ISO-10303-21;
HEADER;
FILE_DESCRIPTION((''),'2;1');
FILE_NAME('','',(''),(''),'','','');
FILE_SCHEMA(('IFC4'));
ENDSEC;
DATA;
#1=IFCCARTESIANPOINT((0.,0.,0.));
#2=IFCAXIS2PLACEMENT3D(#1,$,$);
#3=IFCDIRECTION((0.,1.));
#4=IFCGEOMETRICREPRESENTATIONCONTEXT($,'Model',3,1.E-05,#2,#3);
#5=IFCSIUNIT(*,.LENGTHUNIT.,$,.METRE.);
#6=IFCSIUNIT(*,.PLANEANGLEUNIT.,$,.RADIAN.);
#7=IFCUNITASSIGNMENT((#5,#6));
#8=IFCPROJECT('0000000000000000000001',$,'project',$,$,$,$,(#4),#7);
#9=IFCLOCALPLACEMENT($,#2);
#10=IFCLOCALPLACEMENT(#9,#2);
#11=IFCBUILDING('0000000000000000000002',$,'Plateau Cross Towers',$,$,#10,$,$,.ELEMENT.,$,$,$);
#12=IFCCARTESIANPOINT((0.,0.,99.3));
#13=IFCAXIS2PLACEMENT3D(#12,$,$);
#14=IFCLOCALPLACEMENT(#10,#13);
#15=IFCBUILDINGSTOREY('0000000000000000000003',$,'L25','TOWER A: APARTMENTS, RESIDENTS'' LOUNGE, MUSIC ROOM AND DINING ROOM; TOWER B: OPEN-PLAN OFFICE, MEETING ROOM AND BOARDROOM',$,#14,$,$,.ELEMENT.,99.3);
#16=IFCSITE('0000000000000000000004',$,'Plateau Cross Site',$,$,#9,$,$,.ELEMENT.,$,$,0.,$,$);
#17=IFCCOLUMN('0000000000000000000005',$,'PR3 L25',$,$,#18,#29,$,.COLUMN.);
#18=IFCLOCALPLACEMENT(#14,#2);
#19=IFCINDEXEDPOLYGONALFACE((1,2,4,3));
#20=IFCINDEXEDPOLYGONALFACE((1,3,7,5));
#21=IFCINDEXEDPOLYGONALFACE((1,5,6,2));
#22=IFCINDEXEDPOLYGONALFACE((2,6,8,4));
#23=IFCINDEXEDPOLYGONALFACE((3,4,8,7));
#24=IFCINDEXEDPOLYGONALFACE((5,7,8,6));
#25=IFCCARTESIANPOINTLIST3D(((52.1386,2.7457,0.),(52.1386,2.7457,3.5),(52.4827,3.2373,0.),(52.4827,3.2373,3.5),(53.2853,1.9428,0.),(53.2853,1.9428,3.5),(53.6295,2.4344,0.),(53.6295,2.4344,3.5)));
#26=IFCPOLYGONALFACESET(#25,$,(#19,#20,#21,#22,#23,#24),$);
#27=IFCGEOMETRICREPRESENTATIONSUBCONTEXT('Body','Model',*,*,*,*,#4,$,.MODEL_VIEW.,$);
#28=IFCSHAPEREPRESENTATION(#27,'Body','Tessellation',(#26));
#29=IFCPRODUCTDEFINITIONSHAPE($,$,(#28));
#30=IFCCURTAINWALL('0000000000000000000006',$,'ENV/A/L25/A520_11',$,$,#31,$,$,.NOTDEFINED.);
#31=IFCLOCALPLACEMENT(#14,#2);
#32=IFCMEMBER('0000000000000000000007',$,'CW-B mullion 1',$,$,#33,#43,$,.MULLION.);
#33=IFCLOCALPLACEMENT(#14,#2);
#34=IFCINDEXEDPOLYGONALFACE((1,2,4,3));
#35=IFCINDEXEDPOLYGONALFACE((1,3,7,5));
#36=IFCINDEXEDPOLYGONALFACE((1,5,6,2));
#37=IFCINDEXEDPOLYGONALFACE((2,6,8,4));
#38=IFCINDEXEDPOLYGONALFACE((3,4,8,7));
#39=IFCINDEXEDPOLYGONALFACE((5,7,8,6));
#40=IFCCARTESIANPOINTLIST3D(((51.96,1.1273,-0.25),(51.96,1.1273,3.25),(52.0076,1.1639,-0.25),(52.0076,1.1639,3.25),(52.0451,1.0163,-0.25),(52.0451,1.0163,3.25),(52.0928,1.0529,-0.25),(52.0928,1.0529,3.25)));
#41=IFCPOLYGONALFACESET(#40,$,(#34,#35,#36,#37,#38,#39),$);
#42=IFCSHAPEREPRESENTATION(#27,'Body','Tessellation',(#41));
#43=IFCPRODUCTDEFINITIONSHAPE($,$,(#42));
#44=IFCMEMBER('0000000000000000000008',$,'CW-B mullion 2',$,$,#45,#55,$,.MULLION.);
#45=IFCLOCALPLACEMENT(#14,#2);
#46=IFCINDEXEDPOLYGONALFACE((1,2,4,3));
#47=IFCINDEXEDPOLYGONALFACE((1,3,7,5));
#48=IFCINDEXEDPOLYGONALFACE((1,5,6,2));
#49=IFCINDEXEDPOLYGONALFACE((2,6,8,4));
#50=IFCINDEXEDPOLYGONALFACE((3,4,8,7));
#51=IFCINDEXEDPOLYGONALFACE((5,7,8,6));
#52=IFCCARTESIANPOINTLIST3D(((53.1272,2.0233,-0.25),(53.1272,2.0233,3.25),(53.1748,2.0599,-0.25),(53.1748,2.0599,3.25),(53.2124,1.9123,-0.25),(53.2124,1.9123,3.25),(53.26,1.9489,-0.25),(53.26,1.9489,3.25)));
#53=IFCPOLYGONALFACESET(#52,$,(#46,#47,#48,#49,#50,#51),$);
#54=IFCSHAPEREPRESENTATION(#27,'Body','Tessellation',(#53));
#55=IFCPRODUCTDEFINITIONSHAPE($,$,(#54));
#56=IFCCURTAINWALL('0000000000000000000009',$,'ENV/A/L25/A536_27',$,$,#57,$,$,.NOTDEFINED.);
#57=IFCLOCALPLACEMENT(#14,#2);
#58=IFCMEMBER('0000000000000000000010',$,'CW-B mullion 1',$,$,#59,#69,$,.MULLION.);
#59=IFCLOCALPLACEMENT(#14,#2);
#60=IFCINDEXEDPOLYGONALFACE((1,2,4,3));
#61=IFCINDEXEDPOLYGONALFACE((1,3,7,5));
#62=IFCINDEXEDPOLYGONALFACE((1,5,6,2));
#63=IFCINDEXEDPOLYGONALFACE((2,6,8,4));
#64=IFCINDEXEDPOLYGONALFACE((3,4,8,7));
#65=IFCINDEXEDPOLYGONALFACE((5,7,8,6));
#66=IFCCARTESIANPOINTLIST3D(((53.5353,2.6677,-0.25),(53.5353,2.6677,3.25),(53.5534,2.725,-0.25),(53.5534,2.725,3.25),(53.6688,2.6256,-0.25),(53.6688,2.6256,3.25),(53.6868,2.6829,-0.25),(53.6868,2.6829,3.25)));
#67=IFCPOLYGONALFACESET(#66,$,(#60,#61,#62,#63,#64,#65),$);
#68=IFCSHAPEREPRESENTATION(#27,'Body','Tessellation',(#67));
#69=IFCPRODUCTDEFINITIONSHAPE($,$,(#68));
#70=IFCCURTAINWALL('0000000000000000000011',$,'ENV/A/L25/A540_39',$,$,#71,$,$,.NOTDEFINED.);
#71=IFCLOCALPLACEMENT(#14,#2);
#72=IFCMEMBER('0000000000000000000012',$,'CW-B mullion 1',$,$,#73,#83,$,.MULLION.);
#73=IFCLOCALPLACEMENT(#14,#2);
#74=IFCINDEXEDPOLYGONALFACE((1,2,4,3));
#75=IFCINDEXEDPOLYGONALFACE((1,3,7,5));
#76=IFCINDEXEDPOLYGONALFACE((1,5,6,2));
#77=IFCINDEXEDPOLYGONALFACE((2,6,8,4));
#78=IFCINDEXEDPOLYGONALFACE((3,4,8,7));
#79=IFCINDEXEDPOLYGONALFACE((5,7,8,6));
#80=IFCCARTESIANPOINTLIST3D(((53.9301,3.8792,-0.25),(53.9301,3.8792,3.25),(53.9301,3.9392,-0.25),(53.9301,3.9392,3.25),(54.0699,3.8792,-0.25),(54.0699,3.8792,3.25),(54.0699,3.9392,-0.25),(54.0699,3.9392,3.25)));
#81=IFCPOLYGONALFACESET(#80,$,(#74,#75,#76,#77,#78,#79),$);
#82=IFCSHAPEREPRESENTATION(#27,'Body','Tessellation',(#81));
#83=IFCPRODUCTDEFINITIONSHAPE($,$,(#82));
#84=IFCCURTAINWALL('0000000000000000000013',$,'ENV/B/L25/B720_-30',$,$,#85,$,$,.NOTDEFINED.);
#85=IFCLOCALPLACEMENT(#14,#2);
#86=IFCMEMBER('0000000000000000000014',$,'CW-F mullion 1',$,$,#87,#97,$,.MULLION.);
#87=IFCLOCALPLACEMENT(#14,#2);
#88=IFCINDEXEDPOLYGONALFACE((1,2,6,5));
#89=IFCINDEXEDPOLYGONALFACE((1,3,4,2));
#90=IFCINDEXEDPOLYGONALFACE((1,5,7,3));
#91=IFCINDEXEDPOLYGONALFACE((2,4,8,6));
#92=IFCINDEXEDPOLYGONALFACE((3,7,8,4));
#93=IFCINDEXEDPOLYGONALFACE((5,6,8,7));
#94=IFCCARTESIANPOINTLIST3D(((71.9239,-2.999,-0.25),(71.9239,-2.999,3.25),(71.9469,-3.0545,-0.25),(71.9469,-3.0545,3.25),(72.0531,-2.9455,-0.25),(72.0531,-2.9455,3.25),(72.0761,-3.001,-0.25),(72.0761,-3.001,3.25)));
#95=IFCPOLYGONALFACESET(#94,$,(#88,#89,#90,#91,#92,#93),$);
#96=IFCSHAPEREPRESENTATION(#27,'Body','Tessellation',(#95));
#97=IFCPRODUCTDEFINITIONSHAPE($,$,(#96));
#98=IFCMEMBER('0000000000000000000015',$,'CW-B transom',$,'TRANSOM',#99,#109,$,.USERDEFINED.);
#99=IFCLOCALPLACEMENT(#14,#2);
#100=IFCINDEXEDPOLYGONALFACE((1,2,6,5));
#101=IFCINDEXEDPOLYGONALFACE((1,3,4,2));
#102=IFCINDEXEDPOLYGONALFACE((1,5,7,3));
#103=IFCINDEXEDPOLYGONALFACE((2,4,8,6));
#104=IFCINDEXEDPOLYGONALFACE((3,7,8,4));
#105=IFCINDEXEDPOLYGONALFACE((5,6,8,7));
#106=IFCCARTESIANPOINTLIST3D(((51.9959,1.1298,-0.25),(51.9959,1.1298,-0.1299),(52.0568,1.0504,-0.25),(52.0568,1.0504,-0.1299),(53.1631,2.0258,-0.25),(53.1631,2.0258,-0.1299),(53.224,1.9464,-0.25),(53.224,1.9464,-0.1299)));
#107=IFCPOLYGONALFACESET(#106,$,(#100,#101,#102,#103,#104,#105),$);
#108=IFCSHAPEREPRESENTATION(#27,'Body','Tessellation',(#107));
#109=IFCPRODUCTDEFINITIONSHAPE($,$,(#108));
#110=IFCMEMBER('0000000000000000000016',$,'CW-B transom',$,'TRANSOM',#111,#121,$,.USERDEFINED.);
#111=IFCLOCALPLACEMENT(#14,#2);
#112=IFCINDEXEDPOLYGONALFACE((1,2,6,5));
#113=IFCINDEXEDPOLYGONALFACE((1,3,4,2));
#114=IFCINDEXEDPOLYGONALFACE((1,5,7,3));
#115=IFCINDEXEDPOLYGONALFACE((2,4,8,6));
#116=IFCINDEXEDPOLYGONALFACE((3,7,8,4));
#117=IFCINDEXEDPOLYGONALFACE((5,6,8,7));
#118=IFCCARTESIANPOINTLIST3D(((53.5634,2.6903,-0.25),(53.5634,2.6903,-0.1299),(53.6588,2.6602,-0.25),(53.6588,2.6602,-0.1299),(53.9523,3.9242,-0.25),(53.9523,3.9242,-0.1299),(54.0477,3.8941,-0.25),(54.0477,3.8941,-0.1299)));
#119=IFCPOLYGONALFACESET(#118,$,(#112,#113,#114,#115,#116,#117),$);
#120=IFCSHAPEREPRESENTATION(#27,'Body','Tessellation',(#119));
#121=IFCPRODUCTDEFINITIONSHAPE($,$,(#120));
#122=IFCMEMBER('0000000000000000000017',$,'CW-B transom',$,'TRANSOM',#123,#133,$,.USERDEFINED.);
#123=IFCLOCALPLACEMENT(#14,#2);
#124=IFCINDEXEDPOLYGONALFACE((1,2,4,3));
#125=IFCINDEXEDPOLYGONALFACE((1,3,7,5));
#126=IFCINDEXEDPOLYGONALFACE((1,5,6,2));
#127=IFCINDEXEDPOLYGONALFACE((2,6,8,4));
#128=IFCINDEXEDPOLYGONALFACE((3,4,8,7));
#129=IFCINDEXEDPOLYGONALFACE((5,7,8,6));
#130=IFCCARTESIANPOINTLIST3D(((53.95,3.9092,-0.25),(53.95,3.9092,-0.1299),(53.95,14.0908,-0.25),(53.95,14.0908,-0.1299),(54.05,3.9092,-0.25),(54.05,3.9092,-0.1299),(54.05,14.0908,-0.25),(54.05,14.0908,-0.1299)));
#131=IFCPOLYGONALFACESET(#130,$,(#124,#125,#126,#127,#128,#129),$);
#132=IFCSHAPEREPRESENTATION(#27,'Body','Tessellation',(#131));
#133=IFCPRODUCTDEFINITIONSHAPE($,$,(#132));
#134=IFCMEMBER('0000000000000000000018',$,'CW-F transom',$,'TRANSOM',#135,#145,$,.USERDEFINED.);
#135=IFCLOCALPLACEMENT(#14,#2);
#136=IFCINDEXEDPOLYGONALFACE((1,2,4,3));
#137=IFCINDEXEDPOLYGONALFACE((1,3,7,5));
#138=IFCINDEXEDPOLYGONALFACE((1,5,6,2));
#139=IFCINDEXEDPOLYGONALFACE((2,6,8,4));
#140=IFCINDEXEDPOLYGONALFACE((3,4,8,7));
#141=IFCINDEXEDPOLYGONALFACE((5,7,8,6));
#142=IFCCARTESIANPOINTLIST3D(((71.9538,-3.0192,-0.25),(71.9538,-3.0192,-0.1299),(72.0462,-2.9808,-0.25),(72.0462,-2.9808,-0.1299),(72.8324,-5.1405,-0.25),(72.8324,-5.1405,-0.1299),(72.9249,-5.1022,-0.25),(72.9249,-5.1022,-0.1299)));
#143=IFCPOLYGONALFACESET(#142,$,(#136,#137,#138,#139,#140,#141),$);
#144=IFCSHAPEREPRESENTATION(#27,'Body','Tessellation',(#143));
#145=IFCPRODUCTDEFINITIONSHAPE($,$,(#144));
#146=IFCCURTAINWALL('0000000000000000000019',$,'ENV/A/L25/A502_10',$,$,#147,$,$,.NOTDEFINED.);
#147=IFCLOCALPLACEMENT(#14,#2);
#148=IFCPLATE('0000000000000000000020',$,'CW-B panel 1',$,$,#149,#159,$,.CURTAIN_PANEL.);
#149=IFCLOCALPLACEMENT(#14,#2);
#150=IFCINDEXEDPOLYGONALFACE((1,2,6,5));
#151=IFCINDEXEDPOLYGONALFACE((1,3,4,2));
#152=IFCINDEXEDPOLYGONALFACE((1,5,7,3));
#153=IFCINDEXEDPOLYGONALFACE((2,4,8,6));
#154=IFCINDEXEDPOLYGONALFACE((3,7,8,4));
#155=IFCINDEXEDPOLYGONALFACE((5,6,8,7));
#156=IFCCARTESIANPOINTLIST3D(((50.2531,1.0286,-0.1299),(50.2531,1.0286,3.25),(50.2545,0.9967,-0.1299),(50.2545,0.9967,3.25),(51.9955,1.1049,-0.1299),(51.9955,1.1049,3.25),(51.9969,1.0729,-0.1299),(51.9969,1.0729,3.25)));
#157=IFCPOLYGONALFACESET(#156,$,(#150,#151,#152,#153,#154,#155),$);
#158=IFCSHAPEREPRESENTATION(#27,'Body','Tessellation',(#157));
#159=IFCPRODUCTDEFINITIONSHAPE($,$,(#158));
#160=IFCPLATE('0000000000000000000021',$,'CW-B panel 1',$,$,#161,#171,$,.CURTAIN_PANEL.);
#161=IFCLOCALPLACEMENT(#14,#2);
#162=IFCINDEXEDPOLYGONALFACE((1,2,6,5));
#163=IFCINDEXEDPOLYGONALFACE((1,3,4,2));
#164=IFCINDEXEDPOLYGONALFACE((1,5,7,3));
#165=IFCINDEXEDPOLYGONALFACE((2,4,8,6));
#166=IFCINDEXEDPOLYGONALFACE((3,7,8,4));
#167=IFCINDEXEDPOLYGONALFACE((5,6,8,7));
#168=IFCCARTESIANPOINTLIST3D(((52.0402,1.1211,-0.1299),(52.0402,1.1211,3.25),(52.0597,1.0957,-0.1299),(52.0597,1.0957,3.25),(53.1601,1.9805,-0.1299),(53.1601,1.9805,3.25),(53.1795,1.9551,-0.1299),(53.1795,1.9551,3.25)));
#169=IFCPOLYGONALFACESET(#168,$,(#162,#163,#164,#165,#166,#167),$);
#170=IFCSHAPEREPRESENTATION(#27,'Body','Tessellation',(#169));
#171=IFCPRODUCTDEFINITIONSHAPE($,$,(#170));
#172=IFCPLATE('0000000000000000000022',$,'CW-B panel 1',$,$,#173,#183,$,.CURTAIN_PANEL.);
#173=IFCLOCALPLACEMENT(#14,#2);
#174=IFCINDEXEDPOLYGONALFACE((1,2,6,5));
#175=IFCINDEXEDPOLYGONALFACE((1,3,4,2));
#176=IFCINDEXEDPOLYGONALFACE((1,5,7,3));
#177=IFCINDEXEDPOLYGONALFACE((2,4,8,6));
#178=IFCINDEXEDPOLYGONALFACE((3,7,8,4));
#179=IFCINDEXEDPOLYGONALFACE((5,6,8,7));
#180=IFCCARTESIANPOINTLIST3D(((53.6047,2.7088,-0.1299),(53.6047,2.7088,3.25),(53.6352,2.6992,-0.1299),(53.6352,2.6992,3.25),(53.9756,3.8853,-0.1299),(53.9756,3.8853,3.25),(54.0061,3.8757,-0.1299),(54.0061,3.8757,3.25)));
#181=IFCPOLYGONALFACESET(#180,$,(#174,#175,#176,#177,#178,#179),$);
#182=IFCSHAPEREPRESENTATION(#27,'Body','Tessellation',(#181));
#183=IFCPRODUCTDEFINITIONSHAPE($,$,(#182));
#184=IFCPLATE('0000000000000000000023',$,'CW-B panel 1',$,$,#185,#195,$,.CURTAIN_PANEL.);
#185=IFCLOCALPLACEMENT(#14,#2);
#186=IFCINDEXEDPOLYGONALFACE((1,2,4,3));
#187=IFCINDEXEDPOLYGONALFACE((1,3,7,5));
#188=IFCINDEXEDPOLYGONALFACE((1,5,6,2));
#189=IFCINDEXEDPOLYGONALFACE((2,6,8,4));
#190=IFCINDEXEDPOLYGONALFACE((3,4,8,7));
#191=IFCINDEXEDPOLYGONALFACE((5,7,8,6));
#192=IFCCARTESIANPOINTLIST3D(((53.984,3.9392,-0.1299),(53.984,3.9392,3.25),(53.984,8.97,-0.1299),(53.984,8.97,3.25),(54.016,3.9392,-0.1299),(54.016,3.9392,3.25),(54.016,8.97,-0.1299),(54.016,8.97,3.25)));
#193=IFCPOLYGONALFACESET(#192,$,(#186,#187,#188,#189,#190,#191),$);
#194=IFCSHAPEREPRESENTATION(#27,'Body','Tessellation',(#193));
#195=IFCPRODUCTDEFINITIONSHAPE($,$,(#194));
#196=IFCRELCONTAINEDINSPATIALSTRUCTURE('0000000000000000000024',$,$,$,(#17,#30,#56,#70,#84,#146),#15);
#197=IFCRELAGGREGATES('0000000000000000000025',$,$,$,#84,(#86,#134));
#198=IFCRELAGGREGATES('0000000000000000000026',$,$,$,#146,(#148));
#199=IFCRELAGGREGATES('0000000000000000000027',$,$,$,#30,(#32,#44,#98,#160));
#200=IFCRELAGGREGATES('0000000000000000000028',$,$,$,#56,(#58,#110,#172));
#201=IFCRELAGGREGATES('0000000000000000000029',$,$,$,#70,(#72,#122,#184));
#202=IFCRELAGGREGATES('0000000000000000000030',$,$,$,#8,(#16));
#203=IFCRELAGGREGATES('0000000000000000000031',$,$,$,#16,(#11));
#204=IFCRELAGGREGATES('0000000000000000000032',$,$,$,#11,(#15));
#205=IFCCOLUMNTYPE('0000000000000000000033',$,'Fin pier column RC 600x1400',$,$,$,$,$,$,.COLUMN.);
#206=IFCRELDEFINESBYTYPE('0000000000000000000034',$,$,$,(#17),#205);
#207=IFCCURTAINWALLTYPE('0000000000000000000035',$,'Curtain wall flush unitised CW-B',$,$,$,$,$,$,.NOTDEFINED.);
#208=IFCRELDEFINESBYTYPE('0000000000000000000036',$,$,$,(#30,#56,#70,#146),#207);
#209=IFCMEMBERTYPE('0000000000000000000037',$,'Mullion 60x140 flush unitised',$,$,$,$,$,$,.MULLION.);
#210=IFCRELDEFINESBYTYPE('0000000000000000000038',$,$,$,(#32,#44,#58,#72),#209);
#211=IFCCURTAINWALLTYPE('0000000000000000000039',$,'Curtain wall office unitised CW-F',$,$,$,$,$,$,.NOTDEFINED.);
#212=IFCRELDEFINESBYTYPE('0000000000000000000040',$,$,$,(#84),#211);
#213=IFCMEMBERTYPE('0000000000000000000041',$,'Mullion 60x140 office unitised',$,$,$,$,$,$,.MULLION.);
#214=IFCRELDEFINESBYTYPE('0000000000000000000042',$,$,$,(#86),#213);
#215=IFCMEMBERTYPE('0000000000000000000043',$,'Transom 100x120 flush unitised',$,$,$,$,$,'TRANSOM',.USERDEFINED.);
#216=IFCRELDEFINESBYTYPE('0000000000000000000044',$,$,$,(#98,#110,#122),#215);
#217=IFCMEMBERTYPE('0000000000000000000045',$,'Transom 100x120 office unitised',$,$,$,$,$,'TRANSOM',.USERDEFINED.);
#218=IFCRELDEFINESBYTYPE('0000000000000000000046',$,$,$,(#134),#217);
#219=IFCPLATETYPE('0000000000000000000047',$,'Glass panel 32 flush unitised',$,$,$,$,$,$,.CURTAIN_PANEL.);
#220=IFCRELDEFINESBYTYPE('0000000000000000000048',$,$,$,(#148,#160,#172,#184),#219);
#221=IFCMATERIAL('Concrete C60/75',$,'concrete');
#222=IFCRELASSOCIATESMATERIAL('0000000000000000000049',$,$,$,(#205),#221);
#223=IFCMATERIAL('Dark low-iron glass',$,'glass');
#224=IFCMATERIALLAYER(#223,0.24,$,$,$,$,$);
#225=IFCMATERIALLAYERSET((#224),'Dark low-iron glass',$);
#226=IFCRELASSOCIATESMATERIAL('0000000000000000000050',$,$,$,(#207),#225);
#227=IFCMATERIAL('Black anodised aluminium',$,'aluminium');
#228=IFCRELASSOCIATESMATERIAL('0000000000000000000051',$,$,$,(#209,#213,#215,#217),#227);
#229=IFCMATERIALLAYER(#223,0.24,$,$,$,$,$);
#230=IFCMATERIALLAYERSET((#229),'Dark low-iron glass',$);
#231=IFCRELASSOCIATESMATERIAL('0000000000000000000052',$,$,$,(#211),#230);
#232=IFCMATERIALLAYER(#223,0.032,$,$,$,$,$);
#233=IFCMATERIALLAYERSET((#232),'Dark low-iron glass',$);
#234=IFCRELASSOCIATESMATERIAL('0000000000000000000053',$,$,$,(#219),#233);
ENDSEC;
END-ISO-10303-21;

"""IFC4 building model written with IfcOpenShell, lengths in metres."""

from ifc_helpers import new_model, si_unit, direction, frame, origin, origin_2d, place, context, subcontext, project, spatial, rectangle, extrude, material, layer, layer_set, material_profile, profile_set, type_object, element, aggregate, save


model = new_model("IFC4")

# Units and contexts
model_context = context("Model", 3, precision=1e-05, world=origin(), true_north=direction((0.0, 1.0)))
body_context = subcontext(model_context, "Body", "Model", "MODEL_VIEW")
ifc_project = project(units=[si_unit("LENGTHUNIT", "METRE"), si_unit("PLANEANGLEUNIT", "RADIAN")], contexts=[model_context])

# Site, building, storey
site_placement = place(None, origin())
site = spatial("IfcSite", under=ifc_project, at=site_placement, Name="Plateau Cross Site", CompositionType="ELEMENT", RefElevation=0.0)
building_placement = place(site_placement, origin())
building = spatial("IfcBuilding", under=site, at=building_placement, Name="Plateau Cross Towers", CompositionType="ELEMENT")
storey_placement = place(building_placement, frame((0.0, 0.0, 99.3)))
storey = spatial("IfcBuildingStorey", under=building, at=storey_placement, Name="L25", Description="TOWER A: APARTMENTS, RESIDENTS' LOUNGE, MUSIC ROOM AND DINING ROOM; TOWER B: OPEN-PLAN OFFICE, MEETING ROOM AND BOARDROOM", CompositionType="ELEMENT", Elevation=99.3)

# Column
ifc_material_1 = material(Name="Concrete C60/75", Category="concrete")
ifc_material_profile_1 = material_profile(ifc_material_1, rectangle(XDim=0.6001, YDim=1.3999, at=origin_2d()), Name="RC 600x1400")
ifc_profile_set_1 = profile_set([ifc_material_profile_1], Name="Concrete C60/75")
column_type = type_object("IfcColumnType", Name="Fin pier column RC 600x1400", PredefinedType="COLUMN", material=ifc_profile_set_1)
column_placement = place(storey_placement, frame((52.884, 2.5901, 0.0), z_axis=(0.0, 0.0, 1.0), x_axis=(0.573543, 0.819176, 0.0)))
element("IfcColumn", 1, at=column_placement, inside=storey, type_object=column_type, Name="PR3 L25", PredefinedType="COLUMN", context=body_context, shape_type="SweptSolid", body=[
    extrude(rectangle(XDim=0.6001, YDim=1.3999, at=origin_2d()), origin(), (0.0, 0.0, 1.0), 3.5),
])

# Curtain wall, members
ifc_material_2 = material(Name="Dark low-iron glass", Category="glass")
ifc_layer_1 = layer(ifc_material_2, 0.24)
ifc_layer_set_1 = layer_set([ifc_layer_1], Name="Dark low-iron glass")
curtain_wall_type_1 = type_object("IfcCurtainWallType", Name="Curtain wall flush unitised CW-B", PredefinedType="NOTDEFINED", material=ifc_layer_set_1)
curtain_wall_1_placement = place(storey_placement, origin())
curtain_wall_1 = element("IfcCurtainWall", 2, at=curtain_wall_1_placement, inside=storey, type_object=curtain_wall_type_1, Name="ENV/A/L25/A520_11", PredefinedType="NOTDEFINED")
ifc_material_3 = material(Name="Black anodised aluminium", Category="aluminium")
ifc_material_profile_2 = material_profile(ifc_material_3, rectangle(XDim=0.0601, YDim=0.1399, at=origin_2d()), Name="MULLION 60x140")
ifc_profile_set_2 = profile_set([ifc_material_profile_2], Name="Black anodised aluminium")
member_type_1 = type_object("IfcMemberType", Name="Mullion 60x140 flush unitised", PredefinedType="MULLION", material=ifc_profile_set_2)
member_1_placement = place(storey_placement, frame((52.0264, 1.0901, -0.25), z_axis=(0.0, 0.0, 1.0), x_axis=(0.793316, 0.608811, 0.0)))
member_1 = element("IfcMember", 3, at=member_1_placement, type_object=member_type_1, Name="CW-B mullion 1", PredefinedType="MULLION", context=body_context, shape_type="SweptSolid", body=[
    extrude(rectangle(XDim=0.0601, YDim=0.1399, at=origin_2d()), origin(), (0.0, 0.0, 1.0), 3.5),
])
member_2_placement = place(storey_placement, frame((53.1936, 1.9861, -0.25), z_axis=(0.0, 0.0, 1.0), x_axis=(0.793316, 0.608811, 0.0)))
member_2 = element("IfcMember", 4, at=member_2_placement, type_object=member_type_1, Name="CW-B mullion 2", PredefinedType="MULLION", context=body_context, shape_type="SweptSolid", body=[
    extrude(rectangle(XDim=0.0601, YDim=0.1399, at=origin_2d()), origin(), (0.0, 0.0, 1.0), 3.5),
])

# Curtain walls, members
curtain_wall_2_placement = place(storey_placement, origin())
curtain_wall_2 = element("IfcCurtainWall", 5, at=curtain_wall_2_placement, inside=storey, type_object=curtain_wall_type_1, Name="ENV/A/L25/A536_27", PredefinedType="NOTDEFINED")
member_3_placement = place(storey_placement, frame((53.6111, 2.6753, -0.25), z_axis=(0.0, 0.0, 1.0), x_axis=(0.300686, 0.953723, 0.0)))
member_3 = element("IfcMember", 6, at=member_3_placement, type_object=member_type_1, Name="CW-B mullion 1", PredefinedType="MULLION", context=body_context, shape_type="SweptSolid", body=[
    extrude(rectangle(XDim=0.0601, YDim=0.1399, at=origin_2d()), origin(), (0.0, 0.0, 1.0), 3.5),
])
curtain_wall_3_placement = place(storey_placement, origin())
curtain_wall_3 = element("IfcCurtainWall", 7, at=curtain_wall_3_placement, inside=storey, type_object=curtain_wall_type_1, Name="ENV/A/L25/A540_39", PredefinedType="NOTDEFINED")
member_4_placement = place(storey_placement, frame((54.0, 3.9092, -0.25), z_axis=(0.0, 0.0, 1.0), x_axis=(0.0, 1.0, 0.0)))
member_4 = element("IfcMember", 8, at=member_4_placement, type_object=member_type_1, Name="CW-B mullion 1", PredefinedType="MULLION", context=body_context, shape_type="SweptSolid", body=[
    extrude(rectangle(XDim=0.0601, YDim=0.1399, at=origin_2d()), origin(), (0.0, 0.0, 1.0), 3.5),
])
ifc_layer_2 = layer(ifc_material_2, 0.24)
ifc_layer_set_2 = layer_set([ifc_layer_2], Name="Dark low-iron glass")
curtain_wall_type_2 = type_object("IfcCurtainWallType", Name="Curtain wall office unitised CW-F", PredefinedType="NOTDEFINED", material=ifc_layer_set_2)
curtain_wall_4_placement = place(storey_placement, origin())
curtain_wall_4 = element("IfcCurtainWall", 9, at=curtain_wall_4_placement, inside=storey, type_object=curtain_wall_type_2, Name="ENV/B/L25/B720_-30", PredefinedType="NOTDEFINED")
ifc_material_profile_3 = material_profile(ifc_material_3, rectangle(XDim=0.0601, YDim=0.1399, at=origin_2d()), Name="MULLION 60x140")
ifc_profile_set_3 = profile_set([ifc_material_profile_3], Name="Black anodised aluminium")
member_type_2 = type_object("IfcMemberType", Name="Mullion 60x140 office unitised", PredefinedType="MULLION", material=ifc_profile_set_3)
member_5_placement = place(storey_placement, frame((72.0, -3.0, -0.25), z_axis=(0.0, 0.0, 1.0), x_axis=(0.382684, -0.923879, 0.0)))
member_5 = element("IfcMember", 10, at=member_5_placement, type_object=member_type_2, Name="CW-F mullion 1", PredefinedType="MULLION", context=body_context, shape_type="SweptSolid", body=[
    extrude(rectangle(XDim=0.0601, YDim=0.1399, at=origin_2d()), origin(), (0.0, 0.0, 1.0), 3.5),
])

# Members
ifc_material_profile_4 = material_profile(ifc_material_3, rectangle(XDim=0.1001, YDim=0.1201, at=origin_2d()), Name="TRANSOM 100x120")
ifc_profile_set_4 = profile_set([ifc_material_profile_4], Name="Black anodised aluminium")
member_type_3 = type_object("IfcMemberType", Name="Transom 100x120 flush unitised", ElementType="TRANSOM", PredefinedType="USERDEFINED", material=ifc_profile_set_4)
member_6_placement = place(storey_placement, frame((52.0264, 1.0901, -0.1899), z_axis=(0.79324, 0.608909, 0.0), x_axis=(-0.608909, 0.79324, 0.0)))
member_6 = element("IfcMember", 11, at=member_6_placement, type_object=member_type_3, Name="CW-B transom", ObjectType="TRANSOM", PredefinedType="USERDEFINED", context=body_context, shape_type="SweptSolid", body=[
    extrude(rectangle(XDim=0.1001, YDim=0.1201, at=origin_2d()), origin(), (0.0, 0.0, 1.0), 1.4714),
])
member_7_placement = place(storey_placement, frame((53.6111, 2.6753, -0.1899), z_axis=(0.300617, 0.953745, 0.0), x_axis=(-0.953745, 0.300617, 0.0)))
member_7 = element("IfcMember", 12, at=member_7_placement, type_object=member_type_3, Name="CW-B transom", ObjectType="TRANSOM", PredefinedType="USERDEFINED", context=body_context, shape_type="SweptSolid", body=[
    extrude(rectangle(XDim=0.1001, YDim=0.1201, at=origin_2d()), origin(), (0.0, 0.0, 1.0), 1.2937),
])
member_8_placement = place(storey_placement, frame((54.0, 3.9092, -0.1899), z_axis=(0.0, 1.0, 0.0), x_axis=(-1.0, 0.0, 0.0)))
member_8 = element("IfcMember", 13, at=member_8_placement, type_object=member_type_3, Name="CW-B transom", ObjectType="TRANSOM", PredefinedType="USERDEFINED", context=body_context, shape_type="SweptSolid", body=[
    extrude(rectangle(XDim=0.1001, YDim=0.1201, at=origin_2d()), origin(), (0.0, 0.0, 1.0), 10.1816),
])
ifc_material_profile_5 = material_profile(ifc_material_3, rectangle(XDim=0.1001, YDim=0.1201, at=origin_2d()), Name="TRANSOM 100x120")
ifc_profile_set_5 = profile_set([ifc_material_profile_5], Name="Black anodised aluminium")
member_type_4 = type_object("IfcMemberType", Name="Transom 100x120 office unitised", ElementType="TRANSOM", PredefinedType="USERDEFINED", material=ifc_profile_set_5)
member_9_placement = place(storey_placement, frame((72.0, -3.0, -0.1899), z_axis=(0.382674, -0.923883, 0.0), x_axis=(0.923883, 0.382674, 0.0)))
member_9 = element("IfcMember", 14, at=member_9_placement, type_object=member_type_4, Name="CW-F transom", ObjectType="TRANSOM", PredefinedType="USERDEFINED", context=body_context, shape_type="SweptSolid", body=[
    extrude(rectangle(XDim=0.1001, YDim=0.1201, at=origin_2d()), origin(), (0.0, 0.0, 1.0), 2.2961),
])
aggregate(curtain_wall_4, [member_5, member_9])

# Curtain wall, plate
curtain_wall_5_placement = place(storey_placement, origin())
curtain_wall_5 = element("IfcCurtainWall", 15, at=curtain_wall_5_placement, inside=storey, type_object=curtain_wall_type_1, Name="ENV/A/L25/A502_10", PredefinedType="NOTDEFINED")
ifc_layer_3 = layer(ifc_material_2, 0.032)
ifc_layer_set_3 = layer_set([ifc_layer_3], Name="Dark low-iron glass")
plate_type = type_object("IfcPlateType", Name="Glass panel 32 flush unitised", PredefinedType="CURTAIN_PANEL", material=ifc_layer_set_3)
plate_1_placement = place(storey_placement, frame((51.125, 1.0508, -0.1299), z_axis=(0.0, 0.0, 1.0), x_axis=(0.999044, 0.043723, 0.0)))
plate_1 = element("IfcPlate", 16, at=plate_1_placement, type_object=plate_type, Name="CW-B panel 1", PredefinedType="CURTAIN_PANEL", context=body_context, shape_type="SweptSolid", body=[
    extrude(rectangle(XDim=1.7441, YDim=0.032, at=origin_2d()), origin(), (0.0, 0.0, 1.0), 3.3799),
])
aggregate(curtain_wall_5, [plate_1])

# Plates
plate_2_placement = place(storey_placement, frame((52.6099, 1.5381, -0.1299), z_axis=(0.0, 0.0, 1.0), x_axis=(0.793316, 0.608811, 0.0)))
plate_2 = element("IfcPlate", 17, at=plate_2_placement, type_object=plate_type, Name="CW-B panel 1", PredefinedType="CURTAIN_PANEL", context=body_context, shape_type="SweptSolid", body=[
    extrude(rectangle(XDim=1.4116, YDim=0.032, at=origin_2d()), origin(), (0.0, 0.0, 1.0), 3.3799),
])
aggregate(curtain_wall_1, [member_1, member_2, member_6, plate_2])
plate_3_placement = place(storey_placement, frame((53.8054, 3.2922, -0.1299), z_axis=(0.0, 0.0, 1.0), x_axis=(0.300686, 0.953723, 0.0)))
plate_3 = element("IfcPlate", 18, at=plate_3_placement, type_object=plate_type, Name="CW-B panel 1", PredefinedType="CURTAIN_PANEL", context=body_context, shape_type="SweptSolid", body=[
    extrude(rectangle(XDim=1.2336, YDim=0.032, at=origin_2d()), origin(), (0.0, 0.0, 1.0), 3.3799),
])
aggregate(curtain_wall_2, [member_3, member_7, plate_3])
plate_4_placement = place(storey_placement, frame((54.0, 6.4546, -0.1299), z_axis=(0.0, 0.0, 1.0), x_axis=(0.0, 1.0, 0.0)))
plate_4 = element("IfcPlate", 19, at=plate_4_placement, type_object=plate_type, Name="CW-B panel 1", PredefinedType="CURTAIN_PANEL", context=body_context, shape_type="SweptSolid", body=[
    extrude(rectangle(XDim=5.0308, YDim=0.032, at=origin_2d()), origin(), (0.0, 0.0, 1.0), 3.3799),
])
aggregate(curtain_wall_3, [member_4, member_8, plate_4])

save(model, "model.ifc")
